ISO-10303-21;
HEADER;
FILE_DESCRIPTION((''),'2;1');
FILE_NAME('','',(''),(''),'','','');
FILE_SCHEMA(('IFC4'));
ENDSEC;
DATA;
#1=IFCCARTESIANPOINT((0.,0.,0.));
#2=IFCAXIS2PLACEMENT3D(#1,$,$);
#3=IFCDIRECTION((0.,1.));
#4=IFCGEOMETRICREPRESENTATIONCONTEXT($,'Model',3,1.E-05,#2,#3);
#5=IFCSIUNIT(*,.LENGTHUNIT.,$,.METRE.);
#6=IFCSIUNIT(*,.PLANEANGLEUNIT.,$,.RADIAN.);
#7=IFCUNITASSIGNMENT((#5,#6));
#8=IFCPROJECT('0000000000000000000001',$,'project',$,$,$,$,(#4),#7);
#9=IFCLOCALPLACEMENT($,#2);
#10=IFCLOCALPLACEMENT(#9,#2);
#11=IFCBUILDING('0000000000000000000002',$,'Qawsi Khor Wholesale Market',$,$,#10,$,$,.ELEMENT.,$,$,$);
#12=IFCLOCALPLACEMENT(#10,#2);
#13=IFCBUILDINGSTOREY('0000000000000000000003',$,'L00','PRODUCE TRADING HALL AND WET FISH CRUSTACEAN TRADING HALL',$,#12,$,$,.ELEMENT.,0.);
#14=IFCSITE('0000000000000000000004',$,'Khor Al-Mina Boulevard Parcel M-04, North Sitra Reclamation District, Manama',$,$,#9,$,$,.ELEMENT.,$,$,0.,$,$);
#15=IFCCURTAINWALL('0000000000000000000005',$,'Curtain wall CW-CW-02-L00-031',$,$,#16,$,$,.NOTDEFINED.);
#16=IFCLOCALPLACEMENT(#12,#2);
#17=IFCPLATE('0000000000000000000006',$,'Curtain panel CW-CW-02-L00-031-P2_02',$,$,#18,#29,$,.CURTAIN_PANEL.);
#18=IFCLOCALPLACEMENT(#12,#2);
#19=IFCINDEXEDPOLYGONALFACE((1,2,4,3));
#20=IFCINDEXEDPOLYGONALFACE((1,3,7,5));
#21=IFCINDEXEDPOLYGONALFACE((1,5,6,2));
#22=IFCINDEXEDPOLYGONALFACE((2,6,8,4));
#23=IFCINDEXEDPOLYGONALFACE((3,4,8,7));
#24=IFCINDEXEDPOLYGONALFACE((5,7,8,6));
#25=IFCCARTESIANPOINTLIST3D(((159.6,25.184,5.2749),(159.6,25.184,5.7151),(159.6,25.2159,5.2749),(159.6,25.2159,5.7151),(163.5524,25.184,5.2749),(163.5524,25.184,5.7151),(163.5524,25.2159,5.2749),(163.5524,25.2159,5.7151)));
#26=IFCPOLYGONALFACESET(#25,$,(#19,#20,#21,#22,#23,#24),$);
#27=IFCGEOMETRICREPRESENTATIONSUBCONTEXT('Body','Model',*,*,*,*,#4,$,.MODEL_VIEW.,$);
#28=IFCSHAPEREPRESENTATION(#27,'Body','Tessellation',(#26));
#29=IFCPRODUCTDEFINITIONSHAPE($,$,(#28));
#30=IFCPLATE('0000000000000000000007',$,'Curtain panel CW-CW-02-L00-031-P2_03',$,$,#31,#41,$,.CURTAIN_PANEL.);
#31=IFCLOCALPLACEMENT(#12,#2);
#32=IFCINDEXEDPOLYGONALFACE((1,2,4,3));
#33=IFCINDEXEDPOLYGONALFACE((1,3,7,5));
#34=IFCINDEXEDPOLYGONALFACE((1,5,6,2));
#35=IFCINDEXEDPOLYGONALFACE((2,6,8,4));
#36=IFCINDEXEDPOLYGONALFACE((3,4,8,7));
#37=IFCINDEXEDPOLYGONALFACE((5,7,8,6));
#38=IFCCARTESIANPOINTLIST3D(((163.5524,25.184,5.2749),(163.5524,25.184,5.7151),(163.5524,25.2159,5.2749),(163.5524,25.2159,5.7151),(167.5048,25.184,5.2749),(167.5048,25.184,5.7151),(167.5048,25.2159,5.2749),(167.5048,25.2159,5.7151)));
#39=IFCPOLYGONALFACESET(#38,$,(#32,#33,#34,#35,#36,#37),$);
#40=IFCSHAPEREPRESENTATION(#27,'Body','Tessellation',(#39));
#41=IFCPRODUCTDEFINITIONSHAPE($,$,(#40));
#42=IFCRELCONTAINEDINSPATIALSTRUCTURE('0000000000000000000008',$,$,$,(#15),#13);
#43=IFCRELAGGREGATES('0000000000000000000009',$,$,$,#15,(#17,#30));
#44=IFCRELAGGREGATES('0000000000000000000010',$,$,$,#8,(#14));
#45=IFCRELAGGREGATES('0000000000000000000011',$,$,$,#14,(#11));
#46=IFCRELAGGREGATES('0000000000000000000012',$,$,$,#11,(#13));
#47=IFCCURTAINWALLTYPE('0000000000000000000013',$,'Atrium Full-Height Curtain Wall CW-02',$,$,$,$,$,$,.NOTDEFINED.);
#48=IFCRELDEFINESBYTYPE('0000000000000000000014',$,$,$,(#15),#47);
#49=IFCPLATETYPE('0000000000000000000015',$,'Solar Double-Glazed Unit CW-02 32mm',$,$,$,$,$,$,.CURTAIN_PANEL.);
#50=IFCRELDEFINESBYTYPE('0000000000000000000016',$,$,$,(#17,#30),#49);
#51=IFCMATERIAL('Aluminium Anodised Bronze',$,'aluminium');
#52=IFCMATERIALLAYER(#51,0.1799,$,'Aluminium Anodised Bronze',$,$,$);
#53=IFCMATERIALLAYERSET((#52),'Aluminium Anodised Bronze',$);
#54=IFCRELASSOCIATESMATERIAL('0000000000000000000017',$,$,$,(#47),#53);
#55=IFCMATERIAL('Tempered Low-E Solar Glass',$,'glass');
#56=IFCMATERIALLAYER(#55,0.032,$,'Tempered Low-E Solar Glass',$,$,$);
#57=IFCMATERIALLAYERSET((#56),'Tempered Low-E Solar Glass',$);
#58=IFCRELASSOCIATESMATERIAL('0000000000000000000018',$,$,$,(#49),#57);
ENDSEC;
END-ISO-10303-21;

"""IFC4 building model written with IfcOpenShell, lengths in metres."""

from ifc_helpers import new_model, si_unit, direction, frame, frame_2d, origin, place, context, subcontext, project, spatial, rectangle, extrude, material, layer, layer_set, type_object, element, aggregate, save


model = new_model("IFC4")

# Units and contexts
model_context = context("Model", 3, precision=1e-05, world=origin(), true_north=direction((0.0, 1.0)))
body_context = subcontext(model_context, "Body", "Model", "MODEL_VIEW")
ifc_project = project(units=[si_unit("LENGTHUNIT", "METRE"), si_unit("PLANEANGLEUNIT", "RADIAN")], contexts=[model_context])

# Site, building, storey
site_placement = place(None, origin())
site = spatial("IfcSite", under=ifc_project, at=site_placement, Name="Khor Al-Mina Boulevard Parcel M-04, North Sitra Reclamation District, Manama", CompositionType="ELEMENT", RefElevation=0.0)
building_placement = place(site_placement, origin())
building = spatial("IfcBuilding", under=site, at=building_placement, Name="Qawsi Khor Wholesale Market", CompositionType="ELEMENT")
storey_placement = place(building_placement, origin())
storey = spatial("IfcBuildingStorey", under=building, at=storey_placement, Name="L00", Description="PRODUCE TRADING HALL AND WET FISH CRUSTACEAN TRADING HALL", CompositionType="ELEMENT", Elevation=0.0)

# Curtain wall, plates
ifc_material_1 = material(Name="Aluminium Anodised Bronze", Category="aluminium")
ifc_layer_1 = layer(ifc_material_1, 0.1799, Name="Aluminium Anodised Bronze")
ifc_layer_set_1 = layer_set([ifc_layer_1], Name="Aluminium Anodised Bronze")
curtain_wall_type = type_object("IfcCurtainWallType", Name="Atrium Full-Height Curtain Wall CW-02", PredefinedType="NOTDEFINED", material=ifc_layer_set_1)
curtain_wall_placement = place(storey_placement, origin())
curtain_wall = element("IfcCurtainWall", 1, at=curtain_wall_placement, inside=storey, type_object=curtain_wall_type, Name="Curtain wall CW-CW-02-L00-031", PredefinedType="NOTDEFINED")
ifc_material_2 = material(Name="Tempered Low-E Solar Glass", Category="glass")
ifc_layer_2 = layer(ifc_material_2, 0.032, Name="Tempered Low-E Solar Glass")
ifc_layer_set_2 = layer_set([ifc_layer_2], Name="Tempered Low-E Solar Glass")
plate_type_1 = type_object("IfcPlateType", Name="Solar Double-Glazed Unit CW-02 32mm", PredefinedType="CURTAIN_PANEL", material=ifc_layer_set_2)
plate_1_placement = place(storey_placement, frame((159.6001, 25.2, 5.2749), z_axis=(0.0, 0.0, 1.0), x_axis=(1.0, 0.0, 0.0)))
plate_1 = element("IfcPlate", 2, at=plate_1_placement, type_object=plate_type_1, Name="Curtain panel CW-CW-02-L00-031-P2_02", PredefinedType="CURTAIN_PANEL", context=body_context, shape_type="SweptSolid", body=[
    extrude(rectangle(XDim=3.9524, YDim=0.032, at=frame_2d((1.9761, 0.0))), origin(), (0.0, 0.0, 1.0), 0.4402),
])
plate_2_placement = place(storey_placement, frame((163.5525, 25.2, 5.2749), z_axis=(0.0, 0.0, 1.0), x_axis=(1.0, 0.0, 0.0)))
plate_2 = element("IfcPlate", 3, at=plate_2_placement, type_object=plate_type_1, Name="Curtain panel CW-CW-02-L00-031-P2_03", PredefinedType="CURTAIN_PANEL", context=body_context, shape_type="SweptSolid", body=[
    extrude(rectangle(XDim=3.9524, YDim=0.032, at=frame_2d((1.9761, 0.0))), origin(), (0.0, 0.0, 1.0), 0.4402),
])
aggregate(curtain_wall, [plate_1, plate_2])

save(model, "model.ifc")
